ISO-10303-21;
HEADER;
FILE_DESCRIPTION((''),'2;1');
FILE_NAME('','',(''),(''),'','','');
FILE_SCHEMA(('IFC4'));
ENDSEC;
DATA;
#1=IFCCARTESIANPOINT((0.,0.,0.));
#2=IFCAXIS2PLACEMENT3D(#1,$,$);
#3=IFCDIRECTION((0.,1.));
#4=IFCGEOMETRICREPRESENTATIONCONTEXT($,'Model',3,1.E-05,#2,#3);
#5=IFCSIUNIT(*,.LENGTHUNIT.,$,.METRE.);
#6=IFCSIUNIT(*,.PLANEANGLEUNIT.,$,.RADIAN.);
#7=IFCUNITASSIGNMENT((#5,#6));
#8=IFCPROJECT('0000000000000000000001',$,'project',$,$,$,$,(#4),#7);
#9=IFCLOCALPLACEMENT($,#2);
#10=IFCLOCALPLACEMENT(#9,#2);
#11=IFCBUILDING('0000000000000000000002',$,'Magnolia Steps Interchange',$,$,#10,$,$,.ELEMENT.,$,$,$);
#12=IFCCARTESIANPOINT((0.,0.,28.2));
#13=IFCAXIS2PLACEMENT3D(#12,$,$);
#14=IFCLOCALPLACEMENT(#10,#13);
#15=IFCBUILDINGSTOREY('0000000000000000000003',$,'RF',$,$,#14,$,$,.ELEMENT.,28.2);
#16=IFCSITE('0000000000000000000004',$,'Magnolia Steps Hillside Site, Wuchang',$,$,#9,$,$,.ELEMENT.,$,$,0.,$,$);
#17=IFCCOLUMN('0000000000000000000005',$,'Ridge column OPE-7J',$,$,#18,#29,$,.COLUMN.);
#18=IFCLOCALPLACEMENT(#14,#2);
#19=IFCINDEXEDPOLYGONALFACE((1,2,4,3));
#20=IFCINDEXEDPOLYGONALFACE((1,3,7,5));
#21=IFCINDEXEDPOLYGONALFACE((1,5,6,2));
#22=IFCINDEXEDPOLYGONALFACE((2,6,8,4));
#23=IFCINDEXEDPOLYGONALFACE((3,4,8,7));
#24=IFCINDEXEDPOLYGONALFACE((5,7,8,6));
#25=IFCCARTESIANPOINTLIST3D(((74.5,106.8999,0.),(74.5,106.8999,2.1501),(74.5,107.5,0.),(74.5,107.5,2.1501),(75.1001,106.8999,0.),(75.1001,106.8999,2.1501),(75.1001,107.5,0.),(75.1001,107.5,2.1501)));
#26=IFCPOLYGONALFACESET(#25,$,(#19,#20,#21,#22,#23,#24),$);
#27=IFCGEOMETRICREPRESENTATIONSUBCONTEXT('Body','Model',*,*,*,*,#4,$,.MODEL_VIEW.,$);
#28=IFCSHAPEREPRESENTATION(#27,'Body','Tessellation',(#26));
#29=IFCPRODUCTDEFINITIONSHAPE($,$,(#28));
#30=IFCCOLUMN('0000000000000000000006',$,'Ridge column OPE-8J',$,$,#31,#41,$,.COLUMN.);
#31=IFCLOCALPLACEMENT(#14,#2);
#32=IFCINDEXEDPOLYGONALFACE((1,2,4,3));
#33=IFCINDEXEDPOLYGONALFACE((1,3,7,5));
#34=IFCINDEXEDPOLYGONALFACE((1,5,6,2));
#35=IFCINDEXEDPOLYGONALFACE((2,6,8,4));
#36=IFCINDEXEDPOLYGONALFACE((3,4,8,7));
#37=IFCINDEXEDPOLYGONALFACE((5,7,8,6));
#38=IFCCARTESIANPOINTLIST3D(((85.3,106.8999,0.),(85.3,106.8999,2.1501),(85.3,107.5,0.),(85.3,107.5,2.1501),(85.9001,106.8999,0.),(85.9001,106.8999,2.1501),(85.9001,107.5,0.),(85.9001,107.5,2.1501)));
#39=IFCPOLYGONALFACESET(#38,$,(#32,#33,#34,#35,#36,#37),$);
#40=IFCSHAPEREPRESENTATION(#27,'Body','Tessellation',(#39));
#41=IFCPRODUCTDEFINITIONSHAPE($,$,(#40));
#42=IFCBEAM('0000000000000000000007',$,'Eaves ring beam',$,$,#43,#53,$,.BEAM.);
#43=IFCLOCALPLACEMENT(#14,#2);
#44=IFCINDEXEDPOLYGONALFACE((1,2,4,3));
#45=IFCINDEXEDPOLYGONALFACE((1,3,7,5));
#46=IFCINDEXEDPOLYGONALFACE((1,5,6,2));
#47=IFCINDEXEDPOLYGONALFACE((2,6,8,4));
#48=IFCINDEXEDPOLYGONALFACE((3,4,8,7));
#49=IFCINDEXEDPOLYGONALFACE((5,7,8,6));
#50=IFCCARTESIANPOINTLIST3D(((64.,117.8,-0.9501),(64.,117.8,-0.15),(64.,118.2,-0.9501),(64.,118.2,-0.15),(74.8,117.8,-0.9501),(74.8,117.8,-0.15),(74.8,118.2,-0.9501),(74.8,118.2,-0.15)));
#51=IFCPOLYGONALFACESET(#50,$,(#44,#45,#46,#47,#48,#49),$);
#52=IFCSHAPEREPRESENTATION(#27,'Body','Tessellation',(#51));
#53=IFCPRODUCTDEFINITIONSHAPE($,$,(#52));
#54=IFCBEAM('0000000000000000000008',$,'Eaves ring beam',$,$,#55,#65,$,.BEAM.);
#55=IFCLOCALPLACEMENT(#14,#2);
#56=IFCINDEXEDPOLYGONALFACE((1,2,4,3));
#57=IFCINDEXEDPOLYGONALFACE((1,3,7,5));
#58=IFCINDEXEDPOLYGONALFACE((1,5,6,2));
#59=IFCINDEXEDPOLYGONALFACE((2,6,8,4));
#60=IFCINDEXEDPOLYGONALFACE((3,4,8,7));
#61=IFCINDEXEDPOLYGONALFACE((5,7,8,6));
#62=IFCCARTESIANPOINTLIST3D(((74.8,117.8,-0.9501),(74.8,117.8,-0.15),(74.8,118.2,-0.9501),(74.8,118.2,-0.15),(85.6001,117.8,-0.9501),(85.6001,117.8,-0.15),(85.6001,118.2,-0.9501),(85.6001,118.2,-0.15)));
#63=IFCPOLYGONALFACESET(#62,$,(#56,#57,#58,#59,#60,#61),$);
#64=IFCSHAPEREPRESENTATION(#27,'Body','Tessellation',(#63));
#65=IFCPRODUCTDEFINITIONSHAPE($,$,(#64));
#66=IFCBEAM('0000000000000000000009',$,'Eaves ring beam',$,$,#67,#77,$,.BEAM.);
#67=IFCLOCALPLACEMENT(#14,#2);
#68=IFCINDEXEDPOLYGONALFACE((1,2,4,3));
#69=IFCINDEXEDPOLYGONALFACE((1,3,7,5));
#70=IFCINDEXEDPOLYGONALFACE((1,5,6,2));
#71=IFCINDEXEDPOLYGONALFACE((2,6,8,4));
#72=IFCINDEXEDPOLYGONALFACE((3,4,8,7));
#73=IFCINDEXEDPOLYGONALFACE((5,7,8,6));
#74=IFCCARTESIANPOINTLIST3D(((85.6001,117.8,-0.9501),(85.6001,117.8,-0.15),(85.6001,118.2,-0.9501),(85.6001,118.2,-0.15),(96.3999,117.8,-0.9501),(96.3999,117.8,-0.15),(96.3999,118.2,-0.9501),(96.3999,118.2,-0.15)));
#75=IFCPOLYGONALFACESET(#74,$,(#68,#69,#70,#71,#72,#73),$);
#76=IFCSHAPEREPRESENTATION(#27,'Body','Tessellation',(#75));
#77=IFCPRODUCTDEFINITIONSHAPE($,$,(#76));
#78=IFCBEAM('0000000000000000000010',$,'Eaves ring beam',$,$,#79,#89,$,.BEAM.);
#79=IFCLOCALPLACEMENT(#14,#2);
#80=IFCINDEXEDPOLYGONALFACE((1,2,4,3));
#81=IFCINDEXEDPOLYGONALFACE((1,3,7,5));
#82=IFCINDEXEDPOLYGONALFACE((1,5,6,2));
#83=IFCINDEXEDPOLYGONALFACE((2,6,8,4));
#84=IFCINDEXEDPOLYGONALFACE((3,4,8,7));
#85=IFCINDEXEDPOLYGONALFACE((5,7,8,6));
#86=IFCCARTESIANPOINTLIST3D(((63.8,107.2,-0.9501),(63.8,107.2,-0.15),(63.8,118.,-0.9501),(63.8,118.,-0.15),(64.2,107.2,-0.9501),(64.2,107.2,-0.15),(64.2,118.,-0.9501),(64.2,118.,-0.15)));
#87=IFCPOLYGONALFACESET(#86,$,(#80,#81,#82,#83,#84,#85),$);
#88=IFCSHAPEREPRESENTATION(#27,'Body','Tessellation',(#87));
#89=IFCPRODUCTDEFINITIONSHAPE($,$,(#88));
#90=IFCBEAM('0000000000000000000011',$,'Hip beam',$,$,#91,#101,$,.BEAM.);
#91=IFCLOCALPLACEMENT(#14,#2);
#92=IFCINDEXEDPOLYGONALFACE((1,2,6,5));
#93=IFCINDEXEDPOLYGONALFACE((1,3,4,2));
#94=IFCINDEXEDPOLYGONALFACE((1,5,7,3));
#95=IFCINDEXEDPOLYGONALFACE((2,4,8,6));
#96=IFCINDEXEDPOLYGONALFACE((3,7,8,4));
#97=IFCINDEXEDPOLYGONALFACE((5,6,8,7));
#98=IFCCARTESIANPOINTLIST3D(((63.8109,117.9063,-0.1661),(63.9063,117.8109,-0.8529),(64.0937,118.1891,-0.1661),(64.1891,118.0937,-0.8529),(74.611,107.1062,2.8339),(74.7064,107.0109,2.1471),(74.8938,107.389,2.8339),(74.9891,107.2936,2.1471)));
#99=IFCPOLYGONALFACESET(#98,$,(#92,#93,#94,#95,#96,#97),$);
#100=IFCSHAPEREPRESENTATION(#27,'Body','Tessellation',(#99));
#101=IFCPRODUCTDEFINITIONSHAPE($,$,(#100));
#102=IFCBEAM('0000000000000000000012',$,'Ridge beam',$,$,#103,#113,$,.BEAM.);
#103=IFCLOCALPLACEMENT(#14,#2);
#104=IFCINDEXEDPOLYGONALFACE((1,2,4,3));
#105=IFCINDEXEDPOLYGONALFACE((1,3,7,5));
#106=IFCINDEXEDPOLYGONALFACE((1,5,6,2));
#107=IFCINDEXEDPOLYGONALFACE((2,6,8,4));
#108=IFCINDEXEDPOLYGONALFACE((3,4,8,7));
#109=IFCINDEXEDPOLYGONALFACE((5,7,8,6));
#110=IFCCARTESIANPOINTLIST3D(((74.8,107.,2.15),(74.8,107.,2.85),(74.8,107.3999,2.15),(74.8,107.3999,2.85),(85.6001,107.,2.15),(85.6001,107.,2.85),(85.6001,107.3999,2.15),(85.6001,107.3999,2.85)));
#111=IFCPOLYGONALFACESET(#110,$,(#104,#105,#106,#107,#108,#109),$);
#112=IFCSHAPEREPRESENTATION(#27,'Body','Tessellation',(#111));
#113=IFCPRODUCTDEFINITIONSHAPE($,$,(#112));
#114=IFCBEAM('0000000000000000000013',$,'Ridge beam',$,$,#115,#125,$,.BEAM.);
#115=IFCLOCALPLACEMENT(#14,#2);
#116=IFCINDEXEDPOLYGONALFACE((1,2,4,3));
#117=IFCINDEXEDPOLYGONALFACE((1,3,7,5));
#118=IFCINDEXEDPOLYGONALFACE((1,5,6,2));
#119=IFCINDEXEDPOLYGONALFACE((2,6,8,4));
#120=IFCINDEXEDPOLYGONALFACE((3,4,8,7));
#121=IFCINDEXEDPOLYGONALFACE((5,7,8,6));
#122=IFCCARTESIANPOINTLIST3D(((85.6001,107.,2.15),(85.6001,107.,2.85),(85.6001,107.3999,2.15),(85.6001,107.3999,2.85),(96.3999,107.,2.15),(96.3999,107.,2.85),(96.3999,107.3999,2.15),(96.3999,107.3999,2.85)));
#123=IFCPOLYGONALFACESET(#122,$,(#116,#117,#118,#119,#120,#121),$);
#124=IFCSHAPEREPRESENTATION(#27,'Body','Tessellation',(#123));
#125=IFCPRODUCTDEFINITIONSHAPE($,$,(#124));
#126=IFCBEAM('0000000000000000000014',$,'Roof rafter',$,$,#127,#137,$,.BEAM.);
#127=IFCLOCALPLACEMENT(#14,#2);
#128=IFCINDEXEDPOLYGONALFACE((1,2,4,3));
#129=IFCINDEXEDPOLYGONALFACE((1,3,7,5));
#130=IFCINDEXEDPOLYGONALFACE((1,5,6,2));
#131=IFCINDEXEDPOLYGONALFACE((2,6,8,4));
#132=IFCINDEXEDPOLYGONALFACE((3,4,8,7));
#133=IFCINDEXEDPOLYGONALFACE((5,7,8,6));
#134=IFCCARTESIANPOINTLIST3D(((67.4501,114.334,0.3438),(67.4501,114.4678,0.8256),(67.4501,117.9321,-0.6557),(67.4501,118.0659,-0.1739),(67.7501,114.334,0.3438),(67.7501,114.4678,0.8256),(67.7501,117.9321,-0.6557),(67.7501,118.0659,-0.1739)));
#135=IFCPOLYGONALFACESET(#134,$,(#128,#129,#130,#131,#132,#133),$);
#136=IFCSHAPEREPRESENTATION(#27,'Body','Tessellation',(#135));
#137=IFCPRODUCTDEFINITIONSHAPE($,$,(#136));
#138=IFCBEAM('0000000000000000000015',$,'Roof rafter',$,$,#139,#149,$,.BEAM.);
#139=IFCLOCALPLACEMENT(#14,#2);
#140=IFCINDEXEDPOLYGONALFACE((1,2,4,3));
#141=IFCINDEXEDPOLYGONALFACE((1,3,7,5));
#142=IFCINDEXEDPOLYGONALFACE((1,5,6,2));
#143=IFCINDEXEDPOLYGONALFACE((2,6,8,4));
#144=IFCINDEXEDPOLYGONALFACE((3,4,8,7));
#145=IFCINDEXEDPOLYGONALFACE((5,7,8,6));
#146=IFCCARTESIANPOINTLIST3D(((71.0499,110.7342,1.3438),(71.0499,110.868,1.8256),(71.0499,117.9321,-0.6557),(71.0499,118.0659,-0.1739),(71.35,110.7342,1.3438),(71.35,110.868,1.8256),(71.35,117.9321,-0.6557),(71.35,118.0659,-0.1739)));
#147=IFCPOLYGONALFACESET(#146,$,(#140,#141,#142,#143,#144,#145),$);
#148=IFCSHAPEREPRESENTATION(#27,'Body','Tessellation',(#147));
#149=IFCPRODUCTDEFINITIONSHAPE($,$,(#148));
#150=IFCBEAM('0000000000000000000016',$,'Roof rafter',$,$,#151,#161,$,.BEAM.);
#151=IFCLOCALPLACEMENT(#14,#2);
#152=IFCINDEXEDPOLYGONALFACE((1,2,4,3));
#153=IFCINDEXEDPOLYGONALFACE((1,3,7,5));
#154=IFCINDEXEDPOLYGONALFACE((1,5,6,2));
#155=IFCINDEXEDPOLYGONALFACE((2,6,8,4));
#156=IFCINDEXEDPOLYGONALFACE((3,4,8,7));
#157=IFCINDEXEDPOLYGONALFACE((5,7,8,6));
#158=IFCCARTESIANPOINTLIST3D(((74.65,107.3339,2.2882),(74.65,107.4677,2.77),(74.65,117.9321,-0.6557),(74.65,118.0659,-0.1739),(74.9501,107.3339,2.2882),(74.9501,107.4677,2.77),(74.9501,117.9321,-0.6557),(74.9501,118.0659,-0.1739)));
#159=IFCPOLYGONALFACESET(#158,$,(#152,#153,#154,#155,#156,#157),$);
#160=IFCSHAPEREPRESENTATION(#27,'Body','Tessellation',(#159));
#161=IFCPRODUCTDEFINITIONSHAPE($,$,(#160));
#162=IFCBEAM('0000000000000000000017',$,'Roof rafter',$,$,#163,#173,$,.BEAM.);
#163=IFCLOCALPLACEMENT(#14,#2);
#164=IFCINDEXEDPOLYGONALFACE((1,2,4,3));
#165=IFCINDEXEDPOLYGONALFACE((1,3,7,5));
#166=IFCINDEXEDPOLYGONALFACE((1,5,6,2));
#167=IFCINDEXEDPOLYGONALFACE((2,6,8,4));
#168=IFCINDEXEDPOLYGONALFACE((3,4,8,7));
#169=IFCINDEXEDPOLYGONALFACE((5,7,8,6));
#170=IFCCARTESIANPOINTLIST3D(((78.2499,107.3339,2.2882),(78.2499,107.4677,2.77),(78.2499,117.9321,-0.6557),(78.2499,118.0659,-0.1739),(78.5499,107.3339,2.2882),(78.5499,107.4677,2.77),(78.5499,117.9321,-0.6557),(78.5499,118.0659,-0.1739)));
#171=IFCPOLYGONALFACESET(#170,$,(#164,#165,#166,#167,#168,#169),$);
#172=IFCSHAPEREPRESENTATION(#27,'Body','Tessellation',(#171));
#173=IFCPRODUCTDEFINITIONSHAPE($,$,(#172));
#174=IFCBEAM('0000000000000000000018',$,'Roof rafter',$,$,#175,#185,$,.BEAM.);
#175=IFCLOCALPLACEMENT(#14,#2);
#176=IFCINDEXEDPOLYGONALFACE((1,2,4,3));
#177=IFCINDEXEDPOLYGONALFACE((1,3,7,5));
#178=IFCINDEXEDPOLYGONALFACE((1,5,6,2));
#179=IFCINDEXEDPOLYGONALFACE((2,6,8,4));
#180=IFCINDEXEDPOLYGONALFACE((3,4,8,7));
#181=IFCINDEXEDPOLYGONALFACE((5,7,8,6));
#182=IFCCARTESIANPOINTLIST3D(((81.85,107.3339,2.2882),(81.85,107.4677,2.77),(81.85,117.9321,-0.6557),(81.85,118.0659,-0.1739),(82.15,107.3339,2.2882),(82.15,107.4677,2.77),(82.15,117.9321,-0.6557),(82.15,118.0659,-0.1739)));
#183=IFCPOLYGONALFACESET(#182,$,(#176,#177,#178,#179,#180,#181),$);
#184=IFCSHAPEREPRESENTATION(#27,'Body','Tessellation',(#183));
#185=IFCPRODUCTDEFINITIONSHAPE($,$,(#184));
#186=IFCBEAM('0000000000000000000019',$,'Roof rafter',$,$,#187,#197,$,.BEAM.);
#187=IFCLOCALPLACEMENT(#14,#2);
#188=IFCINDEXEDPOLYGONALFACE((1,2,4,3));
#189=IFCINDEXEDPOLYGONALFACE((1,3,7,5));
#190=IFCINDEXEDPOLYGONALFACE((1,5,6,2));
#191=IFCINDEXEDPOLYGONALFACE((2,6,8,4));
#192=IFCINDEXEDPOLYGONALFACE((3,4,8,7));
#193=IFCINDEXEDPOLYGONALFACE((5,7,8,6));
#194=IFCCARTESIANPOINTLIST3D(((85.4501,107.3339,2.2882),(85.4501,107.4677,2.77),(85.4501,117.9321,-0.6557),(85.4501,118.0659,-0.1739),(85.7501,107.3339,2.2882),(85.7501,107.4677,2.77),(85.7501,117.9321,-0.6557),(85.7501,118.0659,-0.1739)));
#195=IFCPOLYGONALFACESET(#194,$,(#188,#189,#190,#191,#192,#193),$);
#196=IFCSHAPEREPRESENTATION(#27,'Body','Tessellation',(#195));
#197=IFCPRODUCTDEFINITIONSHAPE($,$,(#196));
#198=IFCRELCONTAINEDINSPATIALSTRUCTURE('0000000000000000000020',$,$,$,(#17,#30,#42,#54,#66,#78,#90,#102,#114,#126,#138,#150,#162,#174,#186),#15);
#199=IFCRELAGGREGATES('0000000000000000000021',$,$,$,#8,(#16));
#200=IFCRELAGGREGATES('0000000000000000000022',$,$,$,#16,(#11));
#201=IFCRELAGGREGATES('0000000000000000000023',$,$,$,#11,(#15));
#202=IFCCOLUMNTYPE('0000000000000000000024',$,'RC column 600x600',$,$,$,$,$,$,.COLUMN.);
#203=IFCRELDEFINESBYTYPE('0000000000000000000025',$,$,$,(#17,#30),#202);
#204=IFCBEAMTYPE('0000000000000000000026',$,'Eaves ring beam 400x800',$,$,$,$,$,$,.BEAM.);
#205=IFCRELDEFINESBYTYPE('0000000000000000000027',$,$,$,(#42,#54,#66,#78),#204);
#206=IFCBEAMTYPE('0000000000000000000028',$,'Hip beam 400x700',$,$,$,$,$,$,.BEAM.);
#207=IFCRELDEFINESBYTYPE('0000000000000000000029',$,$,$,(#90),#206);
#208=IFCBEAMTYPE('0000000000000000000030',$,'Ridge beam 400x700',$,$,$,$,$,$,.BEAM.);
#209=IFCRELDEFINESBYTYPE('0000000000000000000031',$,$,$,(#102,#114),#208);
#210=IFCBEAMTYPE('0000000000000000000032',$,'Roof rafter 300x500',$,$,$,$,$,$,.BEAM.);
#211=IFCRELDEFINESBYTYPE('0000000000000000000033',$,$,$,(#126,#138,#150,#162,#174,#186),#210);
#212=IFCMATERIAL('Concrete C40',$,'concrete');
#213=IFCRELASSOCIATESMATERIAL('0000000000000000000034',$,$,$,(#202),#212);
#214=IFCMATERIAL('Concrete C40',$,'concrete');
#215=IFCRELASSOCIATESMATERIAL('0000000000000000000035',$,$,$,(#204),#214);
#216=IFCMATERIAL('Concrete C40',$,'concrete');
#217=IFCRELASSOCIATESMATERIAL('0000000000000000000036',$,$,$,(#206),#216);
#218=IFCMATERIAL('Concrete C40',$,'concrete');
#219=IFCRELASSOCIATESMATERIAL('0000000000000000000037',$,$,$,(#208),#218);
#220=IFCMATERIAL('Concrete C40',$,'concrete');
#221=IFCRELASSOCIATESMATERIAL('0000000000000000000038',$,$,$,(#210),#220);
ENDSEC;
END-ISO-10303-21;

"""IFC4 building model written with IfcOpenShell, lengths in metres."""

from ifc_helpers import new_model, si_unit, direction, frame, origin, origin_2d, place, context, subcontext, project, spatial, rectangle, extrude, material, material_profile, profile_set, type_object, element, save


model = new_model("IFC4")

# Units and contexts
model_context = context("Model", 3, precision=1e-05, world=origin(), true_north=direction((0.0, 1.0)))
body_context = subcontext(model_context, "Body", "Model", "MODEL_VIEW")
ifc_project = project(units=[si_unit("LENGTHUNIT", "METRE"), si_unit("PLANEANGLEUNIT", "RADIAN")], contexts=[model_context])

# Site, building, storey
site_placement = place(None, origin())
site = spatial("IfcSite", under=ifc_project, at=site_placement, Name="Magnolia Steps Hillside Site, Wuchang", CompositionType="ELEMENT", RefElevation=0.0)
building_placement = place(site_placement, origin())
building = spatial("IfcBuilding", under=site, at=building_placement, Name="Magnolia Steps Interchange", CompositionType="ELEMENT")
storey_placement = place(building_placement, frame((0.0, 0.0, 28.2)))
storey = spatial("IfcBuildingStorey", under=building, at=storey_placement, Name="RF", CompositionType="ELEMENT", Elevation=28.2)

# Columns
ifc_material_1 = material(Name="Concrete C40", Category="concrete")
ifc_material_profile_1 = material_profile(ifc_material_1, rectangle(XDim=0.6001, YDim=0.6001, at=origin_2d()), Name="RC600x600")
ifc_profile_set_1 = profile_set([ifc_material_profile_1], Name="Concrete C40")
column_type = type_object("IfcColumnType", Name="RC column 600x600", PredefinedType="COLUMN", material=ifc_profile_set_1)
for number, where, z_axis, x_axis, name in (
    (1, (74.8, 107.2, 0.0), (0.0, 0.0, 1.0), (1.0, 0.0, 0.0), "Ridge column OPE-7J"),
    (2, (85.6001, 107.2, 0.0), (0.0, 0.0, 1.0), (1.0, 0.0, 0.0), "Ridge column OPE-8J"),
):
    element("IfcColumn", number, at=place(storey_placement, frame(where, z_axis=z_axis, x_axis=x_axis)), inside=storey, type_object=column_type, Name=name, PredefinedType="COLUMN", context=body_context, shape_type="SweptSolid", body=[
        extrude(rectangle(XDim=0.6001, YDim=0.6001, at=origin_2d()), origin(), (0.0, 0.0, 1.0), 2.1501),
    ])

# Beams
ifc_material_2 = material(Name="Concrete C40", Category="concrete")
ifc_material_profile_2 = material_profile(ifc_material_2, rectangle(XDim=0.3999, YDim=0.8, at=origin_2d()), Name="RC400x800")
ifc_profile_set_2 = profile_set([ifc_material_profile_2], Name="Concrete C40")
beam_type_1 = type_object("IfcBeamType", Name="Eaves ring beam 400x800", PredefinedType="BEAM", material=ifc_profile_set_2)
for number, where, z_axis, x_axis, name in (
    (3, (64.0, 118.0, -0.55), (1.0, 0.0, 0.0), (0.0, 1.0, 0.0), "Eaves ring beam"),
    (4, (74.8, 118.0, -0.55), (1.0, 0.0, 0.0), (0.0, 1.0, 0.0), "Eaves ring beam"),
):
    element("IfcBeam", number, at=place(storey_placement, frame(where, z_axis=z_axis, x_axis=x_axis)), inside=storey, type_object=beam_type_1, Name=name, PredefinedType="BEAM", context=body_context, shape_type="SweptSolid", body=[
        extrude(rectangle(XDim=0.3999, YDim=0.8, at=origin_2d()), origin(), (0.0, 0.0, 1.0), 10.8),
    ])
beam_1_placement = place(storey_placement, frame((85.6001, 118.0, -0.55), z_axis=(1.0, 0.0, 0.0), x_axis=(0.0, 1.0, 0.0)))
element("IfcBeam", 5, at=beam_1_placement, inside=storey, type_object=beam_type_1, Name="Eaves ring beam", PredefinedType="BEAM", context=body_context, shape_type="SweptSolid", body=[
    extrude(rectangle(XDim=0.3999, YDim=0.8, at=origin_2d()), origin(), (0.0, 0.0, 1.0), 10.7998),
])
beam_2_placement = place(storey_placement, frame((64.0, 107.2, -0.55), z_axis=(0.0, 1.0, 0.0), x_axis=(-1.0, 0.0, 0.0)))
element("IfcBeam", 6, at=beam_2_placement, inside=storey, type_object=beam_type_1, Name="Eaves ring beam", PredefinedType="BEAM", context=body_context, shape_type="SweptSolid", body=[
    extrude(rectangle(XDim=0.3999, YDim=0.8, at=origin_2d()), origin(), (0.0, 0.0, 1.0), 10.8),
])
ifc_material_3 = material(Name="Concrete C40", Category="concrete")
ifc_material_profile_3 = material_profile(ifc_material_3, rectangle(XDim=0.3999, YDim=0.7, at=origin_2d()), Name="RC400x700")
ifc_profile_set_3 = profile_set([ifc_material_profile_3], Name="Concrete C40")
beam_type_2 = type_object("IfcBeamType", Name="Hip beam 400x700", PredefinedType="BEAM", material=ifc_profile_set_3)
beam_3_placement = place(storey_placement, frame((64.0, 118.0, -0.5095), z_axis=(0.693849, -0.693849, 0.192735), x_axis=(0.707107, 0.707107, 0.0)))
element("IfcBeam", 7, at=beam_3_placement, inside=storey, type_object=beam_type_2, Name="Hip beam", PredefinedType="BEAM", context=body_context, shape_type="SweptSolid", body=[
    extrude(rectangle(XDim=0.3999, YDim=0.7, at=origin_2d()), origin(), (0.0, 0.0, 1.0), 15.5654),
])
ifc_material_4 = material(Name="Concrete C40", Category="concrete")
ifc_material_profile_4 = material_profile(ifc_material_4, rectangle(XDim=0.3999, YDim=0.7, at=origin_2d()), Name="RC400x700")
ifc_profile_set_4 = profile_set([ifc_material_profile_4], Name="Concrete C40")
beam_type_3 = type_object("IfcBeamType", Name="Ridge beam 400x700", PredefinedType="BEAM", material=ifc_profile_set_4)
beam_4_placement = place(storey_placement, frame((74.8, 107.2, 2.5), z_axis=(1.0, 0.0, 0.0), x_axis=(0.0, 1.0, 0.0)))
element("IfcBeam", 8, at=beam_4_placement, inside=storey, type_object=beam_type_3, Name="Ridge beam", PredefinedType="BEAM", context=body_context, shape_type="SweptSolid", body=[
    extrude(rectangle(XDim=0.3999, YDim=0.7, at=origin_2d()), origin(), (0.0, 0.0, 1.0), 10.8),
])
beam_5_placement = place(storey_placement, frame((85.6001, 107.2, 2.5), z_axis=(1.0, 0.0, 0.0), x_axis=(0.0, 1.0, 0.0)))
element("IfcBeam", 9, at=beam_5_placement, inside=storey, type_object=beam_type_3, Name="Ridge beam", PredefinedType="BEAM", context=body_context, shape_type="SweptSolid", body=[
    extrude(rectangle(XDim=0.3999, YDim=0.7, at=origin_2d()), origin(), (0.0, 0.0, 1.0), 10.7998),
])
ifc_material_5 = material(Name="Concrete C40", Category="concrete")
ifc_material_profile_5 = material_profile(ifc_material_5, rectangle(XDim=0.3, YDim=0.5, at=origin_2d()), Name="RC300x500")
ifc_profile_set_5 = profile_set([ifc_material_profile_5], Name="Concrete C40")
beam_type_4 = type_object("IfcBeamType", Name="Roof rafter 300x500", PredefinedType="BEAM", material=ifc_profile_set_5)
beam_6_placement = place(storey_placement, frame((67.6001, 117.999, -0.4148), z_axis=(0.0, -0.963516, 0.267651), x_axis=(1.0, 0.0, 0.0)))
element("IfcBeam", 10, at=beam_6_placement, inside=storey, type_object=beam_type_4, Name="Roof rafter", PredefinedType="BEAM", context=body_context, shape_type="SweptSolid", body=[
    extrude(rectangle(XDim=0.3, YDim=0.5, at=origin_2d()), origin(), (0.0, 0.0, 1.0), 3.7344),
])
beam_7_placement = place(storey_placement, frame((71.2, 117.999, -0.4148), z_axis=(0.0, -0.963516, 0.267652), x_axis=(1.0, 0.0, 0.0)))
element("IfcBeam", 11, at=beam_7_placement, inside=storey, type_object=beam_type_4, Name="Roof rafter", PredefinedType="BEAM", context=body_context, shape_type="SweptSolid", body=[
    extrude(rectangle(XDim=0.3, YDim=0.5, at=origin_2d()), origin(), (0.0, 0.0, 1.0), 7.4705),
])
for number, where, z_axis, x_axis, name in (
    (12, (74.8, 117.999, -0.4148), (0.0, -0.96352, 0.267637), (1.0, 0.0, 0.0), "Roof rafter"),
    (13, (78.3999, 117.999, -0.4148), (0.0, -0.96352, 0.267637), (1.0, 0.0, 0.0), "Roof rafter"),
    (14, (82.0, 117.999, -0.4148), (0.0, -0.96352, 0.267637), (1.0, 0.0, 0.0), "Roof rafter"),
    (15, (85.6001, 117.999, -0.4148), (0.0, -0.96352, 0.267637), (1.0, 0.0, 0.0), "Roof rafter"),
):
    element("IfcBeam", number, at=place(storey_placement, frame(where, z_axis=z_axis, x_axis=x_axis)), inside=storey, type_object=beam_type_4, Name=name, PredefinedType="BEAM", context=body_context, shape_type="SweptSolid", body=[
        extrude(rectangle(XDim=0.3, YDim=0.5, at=origin_2d()), origin(), (0.0, 0.0, 1.0), 10.9995),
    ])

save(model, "model.ifc")
